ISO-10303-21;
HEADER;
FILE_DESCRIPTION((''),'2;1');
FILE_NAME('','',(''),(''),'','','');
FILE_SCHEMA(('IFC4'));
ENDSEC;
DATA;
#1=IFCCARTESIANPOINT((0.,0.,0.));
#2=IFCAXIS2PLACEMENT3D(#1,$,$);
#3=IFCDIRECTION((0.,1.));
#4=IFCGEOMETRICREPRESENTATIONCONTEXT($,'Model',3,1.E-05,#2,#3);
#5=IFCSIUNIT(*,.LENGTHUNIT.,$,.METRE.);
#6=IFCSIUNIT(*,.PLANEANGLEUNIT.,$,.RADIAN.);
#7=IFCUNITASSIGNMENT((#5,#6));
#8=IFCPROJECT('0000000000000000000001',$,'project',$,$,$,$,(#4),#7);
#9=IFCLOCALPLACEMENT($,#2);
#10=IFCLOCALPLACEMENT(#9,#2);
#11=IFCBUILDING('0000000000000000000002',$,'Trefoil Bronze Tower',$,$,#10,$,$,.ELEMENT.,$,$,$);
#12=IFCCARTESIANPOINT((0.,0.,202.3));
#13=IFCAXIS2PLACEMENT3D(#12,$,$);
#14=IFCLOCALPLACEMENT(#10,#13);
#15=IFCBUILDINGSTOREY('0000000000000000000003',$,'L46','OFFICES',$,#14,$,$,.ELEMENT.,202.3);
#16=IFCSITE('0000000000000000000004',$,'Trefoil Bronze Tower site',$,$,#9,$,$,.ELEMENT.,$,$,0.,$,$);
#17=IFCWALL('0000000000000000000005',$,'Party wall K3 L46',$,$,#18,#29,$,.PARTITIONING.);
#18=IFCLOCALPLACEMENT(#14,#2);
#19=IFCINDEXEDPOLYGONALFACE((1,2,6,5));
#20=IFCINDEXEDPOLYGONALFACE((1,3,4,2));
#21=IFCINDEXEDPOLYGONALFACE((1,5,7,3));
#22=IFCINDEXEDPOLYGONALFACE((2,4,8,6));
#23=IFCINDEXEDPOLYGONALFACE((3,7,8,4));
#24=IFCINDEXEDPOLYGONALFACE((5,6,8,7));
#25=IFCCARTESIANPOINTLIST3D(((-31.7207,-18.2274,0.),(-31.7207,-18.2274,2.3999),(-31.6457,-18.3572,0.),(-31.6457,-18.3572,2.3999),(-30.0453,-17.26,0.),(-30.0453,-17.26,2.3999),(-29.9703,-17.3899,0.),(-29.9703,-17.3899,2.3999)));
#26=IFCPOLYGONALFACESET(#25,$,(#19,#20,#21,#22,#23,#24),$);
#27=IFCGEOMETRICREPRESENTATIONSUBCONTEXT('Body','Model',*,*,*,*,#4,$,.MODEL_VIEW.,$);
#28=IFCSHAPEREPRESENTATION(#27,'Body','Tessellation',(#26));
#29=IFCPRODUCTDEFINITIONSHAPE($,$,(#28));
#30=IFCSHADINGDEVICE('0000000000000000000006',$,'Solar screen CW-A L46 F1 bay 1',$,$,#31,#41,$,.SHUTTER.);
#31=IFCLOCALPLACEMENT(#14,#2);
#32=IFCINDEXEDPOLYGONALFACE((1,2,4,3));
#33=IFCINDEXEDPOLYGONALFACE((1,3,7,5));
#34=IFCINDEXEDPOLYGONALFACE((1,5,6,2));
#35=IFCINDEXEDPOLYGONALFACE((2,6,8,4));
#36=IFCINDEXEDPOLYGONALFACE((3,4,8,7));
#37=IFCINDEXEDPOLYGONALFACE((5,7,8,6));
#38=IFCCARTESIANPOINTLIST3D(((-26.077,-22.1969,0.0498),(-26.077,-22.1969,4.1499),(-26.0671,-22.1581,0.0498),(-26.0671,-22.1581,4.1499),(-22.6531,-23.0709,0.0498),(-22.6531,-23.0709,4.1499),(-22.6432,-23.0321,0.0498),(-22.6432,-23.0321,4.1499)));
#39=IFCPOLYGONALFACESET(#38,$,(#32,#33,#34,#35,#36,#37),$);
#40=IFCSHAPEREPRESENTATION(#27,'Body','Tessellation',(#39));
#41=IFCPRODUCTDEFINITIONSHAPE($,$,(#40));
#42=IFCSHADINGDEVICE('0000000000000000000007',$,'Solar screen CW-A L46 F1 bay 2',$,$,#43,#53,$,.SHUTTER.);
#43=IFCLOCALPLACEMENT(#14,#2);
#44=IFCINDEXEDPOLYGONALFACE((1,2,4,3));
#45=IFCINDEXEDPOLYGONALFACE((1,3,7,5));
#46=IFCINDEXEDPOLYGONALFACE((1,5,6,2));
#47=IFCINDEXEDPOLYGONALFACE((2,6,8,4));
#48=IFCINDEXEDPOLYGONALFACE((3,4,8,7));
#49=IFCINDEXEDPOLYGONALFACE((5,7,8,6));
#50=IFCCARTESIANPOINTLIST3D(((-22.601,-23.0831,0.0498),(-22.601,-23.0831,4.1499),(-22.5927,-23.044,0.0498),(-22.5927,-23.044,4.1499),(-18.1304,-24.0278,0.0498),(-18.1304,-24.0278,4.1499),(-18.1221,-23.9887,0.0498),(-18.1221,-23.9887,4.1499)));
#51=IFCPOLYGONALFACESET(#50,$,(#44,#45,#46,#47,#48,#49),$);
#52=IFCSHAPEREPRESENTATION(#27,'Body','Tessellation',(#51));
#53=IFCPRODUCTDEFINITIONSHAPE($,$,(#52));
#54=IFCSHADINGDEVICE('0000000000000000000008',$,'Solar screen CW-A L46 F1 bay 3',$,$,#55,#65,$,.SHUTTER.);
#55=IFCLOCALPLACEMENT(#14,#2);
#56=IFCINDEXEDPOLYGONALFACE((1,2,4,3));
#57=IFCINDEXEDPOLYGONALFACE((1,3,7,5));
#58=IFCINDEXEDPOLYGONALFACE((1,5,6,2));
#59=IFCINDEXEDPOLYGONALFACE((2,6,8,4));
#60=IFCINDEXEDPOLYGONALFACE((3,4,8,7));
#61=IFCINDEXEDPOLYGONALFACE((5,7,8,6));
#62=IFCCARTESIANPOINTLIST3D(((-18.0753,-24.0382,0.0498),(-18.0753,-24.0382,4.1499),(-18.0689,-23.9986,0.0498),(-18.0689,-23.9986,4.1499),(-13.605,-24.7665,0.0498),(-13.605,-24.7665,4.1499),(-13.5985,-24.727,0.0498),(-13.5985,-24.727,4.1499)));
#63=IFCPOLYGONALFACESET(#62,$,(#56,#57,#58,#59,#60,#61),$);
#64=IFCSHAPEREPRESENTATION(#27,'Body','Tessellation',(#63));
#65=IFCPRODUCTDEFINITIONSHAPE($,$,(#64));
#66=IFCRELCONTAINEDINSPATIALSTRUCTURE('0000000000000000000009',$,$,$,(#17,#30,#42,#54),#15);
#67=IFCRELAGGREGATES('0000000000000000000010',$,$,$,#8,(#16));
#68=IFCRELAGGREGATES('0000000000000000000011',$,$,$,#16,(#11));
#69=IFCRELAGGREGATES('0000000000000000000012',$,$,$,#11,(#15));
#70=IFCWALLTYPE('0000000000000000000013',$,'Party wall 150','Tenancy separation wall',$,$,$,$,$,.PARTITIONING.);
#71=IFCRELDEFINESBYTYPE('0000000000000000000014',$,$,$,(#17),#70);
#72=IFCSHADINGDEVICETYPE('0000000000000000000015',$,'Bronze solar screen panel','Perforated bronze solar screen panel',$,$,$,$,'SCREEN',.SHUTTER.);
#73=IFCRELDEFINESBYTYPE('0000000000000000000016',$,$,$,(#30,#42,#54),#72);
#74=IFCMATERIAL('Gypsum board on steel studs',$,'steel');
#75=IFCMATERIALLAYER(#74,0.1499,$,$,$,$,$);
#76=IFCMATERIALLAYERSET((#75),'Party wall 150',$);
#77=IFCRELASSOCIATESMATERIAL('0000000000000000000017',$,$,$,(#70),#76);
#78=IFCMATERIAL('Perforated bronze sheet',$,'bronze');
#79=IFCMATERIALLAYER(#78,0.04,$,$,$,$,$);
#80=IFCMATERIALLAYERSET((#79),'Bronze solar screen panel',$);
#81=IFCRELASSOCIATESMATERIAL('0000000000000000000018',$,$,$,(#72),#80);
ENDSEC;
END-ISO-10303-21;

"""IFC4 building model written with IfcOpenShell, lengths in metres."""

from ifc_helpers import new_model, si_unit, direction, frame, frame_2d, origin, origin_2d, place, context, subcontext, project, spatial, rectangle, extrude, material, layer, layer_set, type_object, element, save


model = new_model("IFC4")

# Units and contexts
model_context = context("Model", 3, precision=1e-05, world=origin(), true_north=direction((0.0, 1.0)))
body_context = subcontext(model_context, "Body", "Model", "MODEL_VIEW")
ifc_project = project(units=[si_unit("LENGTHUNIT", "METRE"), si_unit("PLANEANGLEUNIT", "RADIAN")], contexts=[model_context])

# Site, building, storey
site_placement = place(None, origin())
site = spatial("IfcSite", under=ifc_project, at=site_placement, Name="Trefoil Bronze Tower site", CompositionType="ELEMENT", RefElevation=0.0)
building_placement = place(site_placement, origin())
building = spatial("IfcBuilding", under=site, at=building_placement, Name="Trefoil Bronze Tower", CompositionType="ELEMENT")
storey_placement = place(building_placement, frame((0.0, 0.0, 202.3)))
storey = spatial("IfcBuildingStorey", under=building, at=storey_placement, Name="L46", Description="OFFICES", CompositionType="ELEMENT", Elevation=202.3)

# Wall
ifc_material_1 = material(Name="Gypsum board on steel studs", Category="steel")
ifc_layer_1 = layer(ifc_material_1, 0.1499)
ifc_layer_set_1 = layer_set([ifc_layer_1], Name="Party wall 150")
wall_type = type_object("IfcWallType", Name="Party wall 150", Description="Tenancy separation wall", PredefinedType="PARTITIONING", material=ifc_layer_set_1)
wall_placement = place(storey_placement, frame((-30.0078, -17.325, 0.0), z_axis=(0.0, 0.0, 1.0), x_axis=(-0.866013, -0.500021, 0.0)))
element("IfcWall", 1, at=wall_placement, inside=storey, type_object=wall_type, Name="Party wall K3 L46", PredefinedType="PARTITIONING", context=body_context, shape_type="SweptSolid", body=[
    extrude(rectangle(XDim=1.9346, YDim=0.1499, at=frame_2d((0.9673, 0.0))), origin(), (0.0, 0.0, 1.0), 2.3999),
])

# Shading devices
ifc_material_2 = material(Name="Perforated bronze sheet", Category="bronze")
ifc_layer_2 = layer(ifc_material_2, 0.04)
ifc_layer_set_2 = layer_set([ifc_layer_2], Name="Bronze solar screen panel")
shading_device_type = type_object("IfcShadingDeviceType", Name="Bronze solar screen panel", Description="Perforated bronze solar screen panel", ElementType="SCREEN", PredefinedType="SHUTTER", material=ifc_layer_set_2)
shading_device_1_placement = place(storey_placement, frame((-24.3601, -22.6145, 0.0498), z_axis=(0.0, 0.0, 1.0), x_axis=(0.968934, -0.247319, 0.0)))
element("IfcShadingDevice", 2, at=shading_device_1_placement, inside=storey, type_object=shading_device_type, Name="Solar screen CW-A L46 F1 bay 1", PredefinedType="SHUTTER", context=body_context, shape_type="SweptSolid", body=[
    extrude(rectangle(XDim=3.5337, YDim=0.04, at=origin_2d()), origin(), (0.0, 0.0, 1.0), 4.1001),
])
shading_device_2_placement = place(storey_placement, frame((-20.3616, -23.5359, 0.0498), z_axis=(0.0, 0.0, 1.0), x_axis=(0.978394, -0.206747, 0.0)))
element("IfcShadingDevice", 3, at=shading_device_2_placement, inside=storey, type_object=shading_device_type, Name="Solar screen CW-A L46 F1 bay 2", PredefinedType="SHUTTER", context=body_context, shape_type="SweptSolid", body=[
    extrude(rectangle(XDim=4.5693, YDim=0.04, at=origin_2d()), origin(), (0.0, 0.0, 1.0), 4.1001),
])
shading_device_3_placement = place(storey_placement, frame((-15.8369, -24.3826, 0.0498), z_axis=(0.0, 0.0, 1.0), x_axis=(0.986987, -0.160803, 0.0)))
element("IfcShadingDevice", 4, at=shading_device_3_placement, inside=storey, type_object=shading_device_type, Name="Solar screen CW-A L46 F1 bay 3", PredefinedType="SHUTTER", context=body_context, shape_type="SweptSolid", body=[
    extrude(rectangle(XDim=4.5293, YDim=0.04, at=origin_2d()), origin(), (0.0, 0.0, 1.0), 4.1001),
])

save(model, "model.ifc")
